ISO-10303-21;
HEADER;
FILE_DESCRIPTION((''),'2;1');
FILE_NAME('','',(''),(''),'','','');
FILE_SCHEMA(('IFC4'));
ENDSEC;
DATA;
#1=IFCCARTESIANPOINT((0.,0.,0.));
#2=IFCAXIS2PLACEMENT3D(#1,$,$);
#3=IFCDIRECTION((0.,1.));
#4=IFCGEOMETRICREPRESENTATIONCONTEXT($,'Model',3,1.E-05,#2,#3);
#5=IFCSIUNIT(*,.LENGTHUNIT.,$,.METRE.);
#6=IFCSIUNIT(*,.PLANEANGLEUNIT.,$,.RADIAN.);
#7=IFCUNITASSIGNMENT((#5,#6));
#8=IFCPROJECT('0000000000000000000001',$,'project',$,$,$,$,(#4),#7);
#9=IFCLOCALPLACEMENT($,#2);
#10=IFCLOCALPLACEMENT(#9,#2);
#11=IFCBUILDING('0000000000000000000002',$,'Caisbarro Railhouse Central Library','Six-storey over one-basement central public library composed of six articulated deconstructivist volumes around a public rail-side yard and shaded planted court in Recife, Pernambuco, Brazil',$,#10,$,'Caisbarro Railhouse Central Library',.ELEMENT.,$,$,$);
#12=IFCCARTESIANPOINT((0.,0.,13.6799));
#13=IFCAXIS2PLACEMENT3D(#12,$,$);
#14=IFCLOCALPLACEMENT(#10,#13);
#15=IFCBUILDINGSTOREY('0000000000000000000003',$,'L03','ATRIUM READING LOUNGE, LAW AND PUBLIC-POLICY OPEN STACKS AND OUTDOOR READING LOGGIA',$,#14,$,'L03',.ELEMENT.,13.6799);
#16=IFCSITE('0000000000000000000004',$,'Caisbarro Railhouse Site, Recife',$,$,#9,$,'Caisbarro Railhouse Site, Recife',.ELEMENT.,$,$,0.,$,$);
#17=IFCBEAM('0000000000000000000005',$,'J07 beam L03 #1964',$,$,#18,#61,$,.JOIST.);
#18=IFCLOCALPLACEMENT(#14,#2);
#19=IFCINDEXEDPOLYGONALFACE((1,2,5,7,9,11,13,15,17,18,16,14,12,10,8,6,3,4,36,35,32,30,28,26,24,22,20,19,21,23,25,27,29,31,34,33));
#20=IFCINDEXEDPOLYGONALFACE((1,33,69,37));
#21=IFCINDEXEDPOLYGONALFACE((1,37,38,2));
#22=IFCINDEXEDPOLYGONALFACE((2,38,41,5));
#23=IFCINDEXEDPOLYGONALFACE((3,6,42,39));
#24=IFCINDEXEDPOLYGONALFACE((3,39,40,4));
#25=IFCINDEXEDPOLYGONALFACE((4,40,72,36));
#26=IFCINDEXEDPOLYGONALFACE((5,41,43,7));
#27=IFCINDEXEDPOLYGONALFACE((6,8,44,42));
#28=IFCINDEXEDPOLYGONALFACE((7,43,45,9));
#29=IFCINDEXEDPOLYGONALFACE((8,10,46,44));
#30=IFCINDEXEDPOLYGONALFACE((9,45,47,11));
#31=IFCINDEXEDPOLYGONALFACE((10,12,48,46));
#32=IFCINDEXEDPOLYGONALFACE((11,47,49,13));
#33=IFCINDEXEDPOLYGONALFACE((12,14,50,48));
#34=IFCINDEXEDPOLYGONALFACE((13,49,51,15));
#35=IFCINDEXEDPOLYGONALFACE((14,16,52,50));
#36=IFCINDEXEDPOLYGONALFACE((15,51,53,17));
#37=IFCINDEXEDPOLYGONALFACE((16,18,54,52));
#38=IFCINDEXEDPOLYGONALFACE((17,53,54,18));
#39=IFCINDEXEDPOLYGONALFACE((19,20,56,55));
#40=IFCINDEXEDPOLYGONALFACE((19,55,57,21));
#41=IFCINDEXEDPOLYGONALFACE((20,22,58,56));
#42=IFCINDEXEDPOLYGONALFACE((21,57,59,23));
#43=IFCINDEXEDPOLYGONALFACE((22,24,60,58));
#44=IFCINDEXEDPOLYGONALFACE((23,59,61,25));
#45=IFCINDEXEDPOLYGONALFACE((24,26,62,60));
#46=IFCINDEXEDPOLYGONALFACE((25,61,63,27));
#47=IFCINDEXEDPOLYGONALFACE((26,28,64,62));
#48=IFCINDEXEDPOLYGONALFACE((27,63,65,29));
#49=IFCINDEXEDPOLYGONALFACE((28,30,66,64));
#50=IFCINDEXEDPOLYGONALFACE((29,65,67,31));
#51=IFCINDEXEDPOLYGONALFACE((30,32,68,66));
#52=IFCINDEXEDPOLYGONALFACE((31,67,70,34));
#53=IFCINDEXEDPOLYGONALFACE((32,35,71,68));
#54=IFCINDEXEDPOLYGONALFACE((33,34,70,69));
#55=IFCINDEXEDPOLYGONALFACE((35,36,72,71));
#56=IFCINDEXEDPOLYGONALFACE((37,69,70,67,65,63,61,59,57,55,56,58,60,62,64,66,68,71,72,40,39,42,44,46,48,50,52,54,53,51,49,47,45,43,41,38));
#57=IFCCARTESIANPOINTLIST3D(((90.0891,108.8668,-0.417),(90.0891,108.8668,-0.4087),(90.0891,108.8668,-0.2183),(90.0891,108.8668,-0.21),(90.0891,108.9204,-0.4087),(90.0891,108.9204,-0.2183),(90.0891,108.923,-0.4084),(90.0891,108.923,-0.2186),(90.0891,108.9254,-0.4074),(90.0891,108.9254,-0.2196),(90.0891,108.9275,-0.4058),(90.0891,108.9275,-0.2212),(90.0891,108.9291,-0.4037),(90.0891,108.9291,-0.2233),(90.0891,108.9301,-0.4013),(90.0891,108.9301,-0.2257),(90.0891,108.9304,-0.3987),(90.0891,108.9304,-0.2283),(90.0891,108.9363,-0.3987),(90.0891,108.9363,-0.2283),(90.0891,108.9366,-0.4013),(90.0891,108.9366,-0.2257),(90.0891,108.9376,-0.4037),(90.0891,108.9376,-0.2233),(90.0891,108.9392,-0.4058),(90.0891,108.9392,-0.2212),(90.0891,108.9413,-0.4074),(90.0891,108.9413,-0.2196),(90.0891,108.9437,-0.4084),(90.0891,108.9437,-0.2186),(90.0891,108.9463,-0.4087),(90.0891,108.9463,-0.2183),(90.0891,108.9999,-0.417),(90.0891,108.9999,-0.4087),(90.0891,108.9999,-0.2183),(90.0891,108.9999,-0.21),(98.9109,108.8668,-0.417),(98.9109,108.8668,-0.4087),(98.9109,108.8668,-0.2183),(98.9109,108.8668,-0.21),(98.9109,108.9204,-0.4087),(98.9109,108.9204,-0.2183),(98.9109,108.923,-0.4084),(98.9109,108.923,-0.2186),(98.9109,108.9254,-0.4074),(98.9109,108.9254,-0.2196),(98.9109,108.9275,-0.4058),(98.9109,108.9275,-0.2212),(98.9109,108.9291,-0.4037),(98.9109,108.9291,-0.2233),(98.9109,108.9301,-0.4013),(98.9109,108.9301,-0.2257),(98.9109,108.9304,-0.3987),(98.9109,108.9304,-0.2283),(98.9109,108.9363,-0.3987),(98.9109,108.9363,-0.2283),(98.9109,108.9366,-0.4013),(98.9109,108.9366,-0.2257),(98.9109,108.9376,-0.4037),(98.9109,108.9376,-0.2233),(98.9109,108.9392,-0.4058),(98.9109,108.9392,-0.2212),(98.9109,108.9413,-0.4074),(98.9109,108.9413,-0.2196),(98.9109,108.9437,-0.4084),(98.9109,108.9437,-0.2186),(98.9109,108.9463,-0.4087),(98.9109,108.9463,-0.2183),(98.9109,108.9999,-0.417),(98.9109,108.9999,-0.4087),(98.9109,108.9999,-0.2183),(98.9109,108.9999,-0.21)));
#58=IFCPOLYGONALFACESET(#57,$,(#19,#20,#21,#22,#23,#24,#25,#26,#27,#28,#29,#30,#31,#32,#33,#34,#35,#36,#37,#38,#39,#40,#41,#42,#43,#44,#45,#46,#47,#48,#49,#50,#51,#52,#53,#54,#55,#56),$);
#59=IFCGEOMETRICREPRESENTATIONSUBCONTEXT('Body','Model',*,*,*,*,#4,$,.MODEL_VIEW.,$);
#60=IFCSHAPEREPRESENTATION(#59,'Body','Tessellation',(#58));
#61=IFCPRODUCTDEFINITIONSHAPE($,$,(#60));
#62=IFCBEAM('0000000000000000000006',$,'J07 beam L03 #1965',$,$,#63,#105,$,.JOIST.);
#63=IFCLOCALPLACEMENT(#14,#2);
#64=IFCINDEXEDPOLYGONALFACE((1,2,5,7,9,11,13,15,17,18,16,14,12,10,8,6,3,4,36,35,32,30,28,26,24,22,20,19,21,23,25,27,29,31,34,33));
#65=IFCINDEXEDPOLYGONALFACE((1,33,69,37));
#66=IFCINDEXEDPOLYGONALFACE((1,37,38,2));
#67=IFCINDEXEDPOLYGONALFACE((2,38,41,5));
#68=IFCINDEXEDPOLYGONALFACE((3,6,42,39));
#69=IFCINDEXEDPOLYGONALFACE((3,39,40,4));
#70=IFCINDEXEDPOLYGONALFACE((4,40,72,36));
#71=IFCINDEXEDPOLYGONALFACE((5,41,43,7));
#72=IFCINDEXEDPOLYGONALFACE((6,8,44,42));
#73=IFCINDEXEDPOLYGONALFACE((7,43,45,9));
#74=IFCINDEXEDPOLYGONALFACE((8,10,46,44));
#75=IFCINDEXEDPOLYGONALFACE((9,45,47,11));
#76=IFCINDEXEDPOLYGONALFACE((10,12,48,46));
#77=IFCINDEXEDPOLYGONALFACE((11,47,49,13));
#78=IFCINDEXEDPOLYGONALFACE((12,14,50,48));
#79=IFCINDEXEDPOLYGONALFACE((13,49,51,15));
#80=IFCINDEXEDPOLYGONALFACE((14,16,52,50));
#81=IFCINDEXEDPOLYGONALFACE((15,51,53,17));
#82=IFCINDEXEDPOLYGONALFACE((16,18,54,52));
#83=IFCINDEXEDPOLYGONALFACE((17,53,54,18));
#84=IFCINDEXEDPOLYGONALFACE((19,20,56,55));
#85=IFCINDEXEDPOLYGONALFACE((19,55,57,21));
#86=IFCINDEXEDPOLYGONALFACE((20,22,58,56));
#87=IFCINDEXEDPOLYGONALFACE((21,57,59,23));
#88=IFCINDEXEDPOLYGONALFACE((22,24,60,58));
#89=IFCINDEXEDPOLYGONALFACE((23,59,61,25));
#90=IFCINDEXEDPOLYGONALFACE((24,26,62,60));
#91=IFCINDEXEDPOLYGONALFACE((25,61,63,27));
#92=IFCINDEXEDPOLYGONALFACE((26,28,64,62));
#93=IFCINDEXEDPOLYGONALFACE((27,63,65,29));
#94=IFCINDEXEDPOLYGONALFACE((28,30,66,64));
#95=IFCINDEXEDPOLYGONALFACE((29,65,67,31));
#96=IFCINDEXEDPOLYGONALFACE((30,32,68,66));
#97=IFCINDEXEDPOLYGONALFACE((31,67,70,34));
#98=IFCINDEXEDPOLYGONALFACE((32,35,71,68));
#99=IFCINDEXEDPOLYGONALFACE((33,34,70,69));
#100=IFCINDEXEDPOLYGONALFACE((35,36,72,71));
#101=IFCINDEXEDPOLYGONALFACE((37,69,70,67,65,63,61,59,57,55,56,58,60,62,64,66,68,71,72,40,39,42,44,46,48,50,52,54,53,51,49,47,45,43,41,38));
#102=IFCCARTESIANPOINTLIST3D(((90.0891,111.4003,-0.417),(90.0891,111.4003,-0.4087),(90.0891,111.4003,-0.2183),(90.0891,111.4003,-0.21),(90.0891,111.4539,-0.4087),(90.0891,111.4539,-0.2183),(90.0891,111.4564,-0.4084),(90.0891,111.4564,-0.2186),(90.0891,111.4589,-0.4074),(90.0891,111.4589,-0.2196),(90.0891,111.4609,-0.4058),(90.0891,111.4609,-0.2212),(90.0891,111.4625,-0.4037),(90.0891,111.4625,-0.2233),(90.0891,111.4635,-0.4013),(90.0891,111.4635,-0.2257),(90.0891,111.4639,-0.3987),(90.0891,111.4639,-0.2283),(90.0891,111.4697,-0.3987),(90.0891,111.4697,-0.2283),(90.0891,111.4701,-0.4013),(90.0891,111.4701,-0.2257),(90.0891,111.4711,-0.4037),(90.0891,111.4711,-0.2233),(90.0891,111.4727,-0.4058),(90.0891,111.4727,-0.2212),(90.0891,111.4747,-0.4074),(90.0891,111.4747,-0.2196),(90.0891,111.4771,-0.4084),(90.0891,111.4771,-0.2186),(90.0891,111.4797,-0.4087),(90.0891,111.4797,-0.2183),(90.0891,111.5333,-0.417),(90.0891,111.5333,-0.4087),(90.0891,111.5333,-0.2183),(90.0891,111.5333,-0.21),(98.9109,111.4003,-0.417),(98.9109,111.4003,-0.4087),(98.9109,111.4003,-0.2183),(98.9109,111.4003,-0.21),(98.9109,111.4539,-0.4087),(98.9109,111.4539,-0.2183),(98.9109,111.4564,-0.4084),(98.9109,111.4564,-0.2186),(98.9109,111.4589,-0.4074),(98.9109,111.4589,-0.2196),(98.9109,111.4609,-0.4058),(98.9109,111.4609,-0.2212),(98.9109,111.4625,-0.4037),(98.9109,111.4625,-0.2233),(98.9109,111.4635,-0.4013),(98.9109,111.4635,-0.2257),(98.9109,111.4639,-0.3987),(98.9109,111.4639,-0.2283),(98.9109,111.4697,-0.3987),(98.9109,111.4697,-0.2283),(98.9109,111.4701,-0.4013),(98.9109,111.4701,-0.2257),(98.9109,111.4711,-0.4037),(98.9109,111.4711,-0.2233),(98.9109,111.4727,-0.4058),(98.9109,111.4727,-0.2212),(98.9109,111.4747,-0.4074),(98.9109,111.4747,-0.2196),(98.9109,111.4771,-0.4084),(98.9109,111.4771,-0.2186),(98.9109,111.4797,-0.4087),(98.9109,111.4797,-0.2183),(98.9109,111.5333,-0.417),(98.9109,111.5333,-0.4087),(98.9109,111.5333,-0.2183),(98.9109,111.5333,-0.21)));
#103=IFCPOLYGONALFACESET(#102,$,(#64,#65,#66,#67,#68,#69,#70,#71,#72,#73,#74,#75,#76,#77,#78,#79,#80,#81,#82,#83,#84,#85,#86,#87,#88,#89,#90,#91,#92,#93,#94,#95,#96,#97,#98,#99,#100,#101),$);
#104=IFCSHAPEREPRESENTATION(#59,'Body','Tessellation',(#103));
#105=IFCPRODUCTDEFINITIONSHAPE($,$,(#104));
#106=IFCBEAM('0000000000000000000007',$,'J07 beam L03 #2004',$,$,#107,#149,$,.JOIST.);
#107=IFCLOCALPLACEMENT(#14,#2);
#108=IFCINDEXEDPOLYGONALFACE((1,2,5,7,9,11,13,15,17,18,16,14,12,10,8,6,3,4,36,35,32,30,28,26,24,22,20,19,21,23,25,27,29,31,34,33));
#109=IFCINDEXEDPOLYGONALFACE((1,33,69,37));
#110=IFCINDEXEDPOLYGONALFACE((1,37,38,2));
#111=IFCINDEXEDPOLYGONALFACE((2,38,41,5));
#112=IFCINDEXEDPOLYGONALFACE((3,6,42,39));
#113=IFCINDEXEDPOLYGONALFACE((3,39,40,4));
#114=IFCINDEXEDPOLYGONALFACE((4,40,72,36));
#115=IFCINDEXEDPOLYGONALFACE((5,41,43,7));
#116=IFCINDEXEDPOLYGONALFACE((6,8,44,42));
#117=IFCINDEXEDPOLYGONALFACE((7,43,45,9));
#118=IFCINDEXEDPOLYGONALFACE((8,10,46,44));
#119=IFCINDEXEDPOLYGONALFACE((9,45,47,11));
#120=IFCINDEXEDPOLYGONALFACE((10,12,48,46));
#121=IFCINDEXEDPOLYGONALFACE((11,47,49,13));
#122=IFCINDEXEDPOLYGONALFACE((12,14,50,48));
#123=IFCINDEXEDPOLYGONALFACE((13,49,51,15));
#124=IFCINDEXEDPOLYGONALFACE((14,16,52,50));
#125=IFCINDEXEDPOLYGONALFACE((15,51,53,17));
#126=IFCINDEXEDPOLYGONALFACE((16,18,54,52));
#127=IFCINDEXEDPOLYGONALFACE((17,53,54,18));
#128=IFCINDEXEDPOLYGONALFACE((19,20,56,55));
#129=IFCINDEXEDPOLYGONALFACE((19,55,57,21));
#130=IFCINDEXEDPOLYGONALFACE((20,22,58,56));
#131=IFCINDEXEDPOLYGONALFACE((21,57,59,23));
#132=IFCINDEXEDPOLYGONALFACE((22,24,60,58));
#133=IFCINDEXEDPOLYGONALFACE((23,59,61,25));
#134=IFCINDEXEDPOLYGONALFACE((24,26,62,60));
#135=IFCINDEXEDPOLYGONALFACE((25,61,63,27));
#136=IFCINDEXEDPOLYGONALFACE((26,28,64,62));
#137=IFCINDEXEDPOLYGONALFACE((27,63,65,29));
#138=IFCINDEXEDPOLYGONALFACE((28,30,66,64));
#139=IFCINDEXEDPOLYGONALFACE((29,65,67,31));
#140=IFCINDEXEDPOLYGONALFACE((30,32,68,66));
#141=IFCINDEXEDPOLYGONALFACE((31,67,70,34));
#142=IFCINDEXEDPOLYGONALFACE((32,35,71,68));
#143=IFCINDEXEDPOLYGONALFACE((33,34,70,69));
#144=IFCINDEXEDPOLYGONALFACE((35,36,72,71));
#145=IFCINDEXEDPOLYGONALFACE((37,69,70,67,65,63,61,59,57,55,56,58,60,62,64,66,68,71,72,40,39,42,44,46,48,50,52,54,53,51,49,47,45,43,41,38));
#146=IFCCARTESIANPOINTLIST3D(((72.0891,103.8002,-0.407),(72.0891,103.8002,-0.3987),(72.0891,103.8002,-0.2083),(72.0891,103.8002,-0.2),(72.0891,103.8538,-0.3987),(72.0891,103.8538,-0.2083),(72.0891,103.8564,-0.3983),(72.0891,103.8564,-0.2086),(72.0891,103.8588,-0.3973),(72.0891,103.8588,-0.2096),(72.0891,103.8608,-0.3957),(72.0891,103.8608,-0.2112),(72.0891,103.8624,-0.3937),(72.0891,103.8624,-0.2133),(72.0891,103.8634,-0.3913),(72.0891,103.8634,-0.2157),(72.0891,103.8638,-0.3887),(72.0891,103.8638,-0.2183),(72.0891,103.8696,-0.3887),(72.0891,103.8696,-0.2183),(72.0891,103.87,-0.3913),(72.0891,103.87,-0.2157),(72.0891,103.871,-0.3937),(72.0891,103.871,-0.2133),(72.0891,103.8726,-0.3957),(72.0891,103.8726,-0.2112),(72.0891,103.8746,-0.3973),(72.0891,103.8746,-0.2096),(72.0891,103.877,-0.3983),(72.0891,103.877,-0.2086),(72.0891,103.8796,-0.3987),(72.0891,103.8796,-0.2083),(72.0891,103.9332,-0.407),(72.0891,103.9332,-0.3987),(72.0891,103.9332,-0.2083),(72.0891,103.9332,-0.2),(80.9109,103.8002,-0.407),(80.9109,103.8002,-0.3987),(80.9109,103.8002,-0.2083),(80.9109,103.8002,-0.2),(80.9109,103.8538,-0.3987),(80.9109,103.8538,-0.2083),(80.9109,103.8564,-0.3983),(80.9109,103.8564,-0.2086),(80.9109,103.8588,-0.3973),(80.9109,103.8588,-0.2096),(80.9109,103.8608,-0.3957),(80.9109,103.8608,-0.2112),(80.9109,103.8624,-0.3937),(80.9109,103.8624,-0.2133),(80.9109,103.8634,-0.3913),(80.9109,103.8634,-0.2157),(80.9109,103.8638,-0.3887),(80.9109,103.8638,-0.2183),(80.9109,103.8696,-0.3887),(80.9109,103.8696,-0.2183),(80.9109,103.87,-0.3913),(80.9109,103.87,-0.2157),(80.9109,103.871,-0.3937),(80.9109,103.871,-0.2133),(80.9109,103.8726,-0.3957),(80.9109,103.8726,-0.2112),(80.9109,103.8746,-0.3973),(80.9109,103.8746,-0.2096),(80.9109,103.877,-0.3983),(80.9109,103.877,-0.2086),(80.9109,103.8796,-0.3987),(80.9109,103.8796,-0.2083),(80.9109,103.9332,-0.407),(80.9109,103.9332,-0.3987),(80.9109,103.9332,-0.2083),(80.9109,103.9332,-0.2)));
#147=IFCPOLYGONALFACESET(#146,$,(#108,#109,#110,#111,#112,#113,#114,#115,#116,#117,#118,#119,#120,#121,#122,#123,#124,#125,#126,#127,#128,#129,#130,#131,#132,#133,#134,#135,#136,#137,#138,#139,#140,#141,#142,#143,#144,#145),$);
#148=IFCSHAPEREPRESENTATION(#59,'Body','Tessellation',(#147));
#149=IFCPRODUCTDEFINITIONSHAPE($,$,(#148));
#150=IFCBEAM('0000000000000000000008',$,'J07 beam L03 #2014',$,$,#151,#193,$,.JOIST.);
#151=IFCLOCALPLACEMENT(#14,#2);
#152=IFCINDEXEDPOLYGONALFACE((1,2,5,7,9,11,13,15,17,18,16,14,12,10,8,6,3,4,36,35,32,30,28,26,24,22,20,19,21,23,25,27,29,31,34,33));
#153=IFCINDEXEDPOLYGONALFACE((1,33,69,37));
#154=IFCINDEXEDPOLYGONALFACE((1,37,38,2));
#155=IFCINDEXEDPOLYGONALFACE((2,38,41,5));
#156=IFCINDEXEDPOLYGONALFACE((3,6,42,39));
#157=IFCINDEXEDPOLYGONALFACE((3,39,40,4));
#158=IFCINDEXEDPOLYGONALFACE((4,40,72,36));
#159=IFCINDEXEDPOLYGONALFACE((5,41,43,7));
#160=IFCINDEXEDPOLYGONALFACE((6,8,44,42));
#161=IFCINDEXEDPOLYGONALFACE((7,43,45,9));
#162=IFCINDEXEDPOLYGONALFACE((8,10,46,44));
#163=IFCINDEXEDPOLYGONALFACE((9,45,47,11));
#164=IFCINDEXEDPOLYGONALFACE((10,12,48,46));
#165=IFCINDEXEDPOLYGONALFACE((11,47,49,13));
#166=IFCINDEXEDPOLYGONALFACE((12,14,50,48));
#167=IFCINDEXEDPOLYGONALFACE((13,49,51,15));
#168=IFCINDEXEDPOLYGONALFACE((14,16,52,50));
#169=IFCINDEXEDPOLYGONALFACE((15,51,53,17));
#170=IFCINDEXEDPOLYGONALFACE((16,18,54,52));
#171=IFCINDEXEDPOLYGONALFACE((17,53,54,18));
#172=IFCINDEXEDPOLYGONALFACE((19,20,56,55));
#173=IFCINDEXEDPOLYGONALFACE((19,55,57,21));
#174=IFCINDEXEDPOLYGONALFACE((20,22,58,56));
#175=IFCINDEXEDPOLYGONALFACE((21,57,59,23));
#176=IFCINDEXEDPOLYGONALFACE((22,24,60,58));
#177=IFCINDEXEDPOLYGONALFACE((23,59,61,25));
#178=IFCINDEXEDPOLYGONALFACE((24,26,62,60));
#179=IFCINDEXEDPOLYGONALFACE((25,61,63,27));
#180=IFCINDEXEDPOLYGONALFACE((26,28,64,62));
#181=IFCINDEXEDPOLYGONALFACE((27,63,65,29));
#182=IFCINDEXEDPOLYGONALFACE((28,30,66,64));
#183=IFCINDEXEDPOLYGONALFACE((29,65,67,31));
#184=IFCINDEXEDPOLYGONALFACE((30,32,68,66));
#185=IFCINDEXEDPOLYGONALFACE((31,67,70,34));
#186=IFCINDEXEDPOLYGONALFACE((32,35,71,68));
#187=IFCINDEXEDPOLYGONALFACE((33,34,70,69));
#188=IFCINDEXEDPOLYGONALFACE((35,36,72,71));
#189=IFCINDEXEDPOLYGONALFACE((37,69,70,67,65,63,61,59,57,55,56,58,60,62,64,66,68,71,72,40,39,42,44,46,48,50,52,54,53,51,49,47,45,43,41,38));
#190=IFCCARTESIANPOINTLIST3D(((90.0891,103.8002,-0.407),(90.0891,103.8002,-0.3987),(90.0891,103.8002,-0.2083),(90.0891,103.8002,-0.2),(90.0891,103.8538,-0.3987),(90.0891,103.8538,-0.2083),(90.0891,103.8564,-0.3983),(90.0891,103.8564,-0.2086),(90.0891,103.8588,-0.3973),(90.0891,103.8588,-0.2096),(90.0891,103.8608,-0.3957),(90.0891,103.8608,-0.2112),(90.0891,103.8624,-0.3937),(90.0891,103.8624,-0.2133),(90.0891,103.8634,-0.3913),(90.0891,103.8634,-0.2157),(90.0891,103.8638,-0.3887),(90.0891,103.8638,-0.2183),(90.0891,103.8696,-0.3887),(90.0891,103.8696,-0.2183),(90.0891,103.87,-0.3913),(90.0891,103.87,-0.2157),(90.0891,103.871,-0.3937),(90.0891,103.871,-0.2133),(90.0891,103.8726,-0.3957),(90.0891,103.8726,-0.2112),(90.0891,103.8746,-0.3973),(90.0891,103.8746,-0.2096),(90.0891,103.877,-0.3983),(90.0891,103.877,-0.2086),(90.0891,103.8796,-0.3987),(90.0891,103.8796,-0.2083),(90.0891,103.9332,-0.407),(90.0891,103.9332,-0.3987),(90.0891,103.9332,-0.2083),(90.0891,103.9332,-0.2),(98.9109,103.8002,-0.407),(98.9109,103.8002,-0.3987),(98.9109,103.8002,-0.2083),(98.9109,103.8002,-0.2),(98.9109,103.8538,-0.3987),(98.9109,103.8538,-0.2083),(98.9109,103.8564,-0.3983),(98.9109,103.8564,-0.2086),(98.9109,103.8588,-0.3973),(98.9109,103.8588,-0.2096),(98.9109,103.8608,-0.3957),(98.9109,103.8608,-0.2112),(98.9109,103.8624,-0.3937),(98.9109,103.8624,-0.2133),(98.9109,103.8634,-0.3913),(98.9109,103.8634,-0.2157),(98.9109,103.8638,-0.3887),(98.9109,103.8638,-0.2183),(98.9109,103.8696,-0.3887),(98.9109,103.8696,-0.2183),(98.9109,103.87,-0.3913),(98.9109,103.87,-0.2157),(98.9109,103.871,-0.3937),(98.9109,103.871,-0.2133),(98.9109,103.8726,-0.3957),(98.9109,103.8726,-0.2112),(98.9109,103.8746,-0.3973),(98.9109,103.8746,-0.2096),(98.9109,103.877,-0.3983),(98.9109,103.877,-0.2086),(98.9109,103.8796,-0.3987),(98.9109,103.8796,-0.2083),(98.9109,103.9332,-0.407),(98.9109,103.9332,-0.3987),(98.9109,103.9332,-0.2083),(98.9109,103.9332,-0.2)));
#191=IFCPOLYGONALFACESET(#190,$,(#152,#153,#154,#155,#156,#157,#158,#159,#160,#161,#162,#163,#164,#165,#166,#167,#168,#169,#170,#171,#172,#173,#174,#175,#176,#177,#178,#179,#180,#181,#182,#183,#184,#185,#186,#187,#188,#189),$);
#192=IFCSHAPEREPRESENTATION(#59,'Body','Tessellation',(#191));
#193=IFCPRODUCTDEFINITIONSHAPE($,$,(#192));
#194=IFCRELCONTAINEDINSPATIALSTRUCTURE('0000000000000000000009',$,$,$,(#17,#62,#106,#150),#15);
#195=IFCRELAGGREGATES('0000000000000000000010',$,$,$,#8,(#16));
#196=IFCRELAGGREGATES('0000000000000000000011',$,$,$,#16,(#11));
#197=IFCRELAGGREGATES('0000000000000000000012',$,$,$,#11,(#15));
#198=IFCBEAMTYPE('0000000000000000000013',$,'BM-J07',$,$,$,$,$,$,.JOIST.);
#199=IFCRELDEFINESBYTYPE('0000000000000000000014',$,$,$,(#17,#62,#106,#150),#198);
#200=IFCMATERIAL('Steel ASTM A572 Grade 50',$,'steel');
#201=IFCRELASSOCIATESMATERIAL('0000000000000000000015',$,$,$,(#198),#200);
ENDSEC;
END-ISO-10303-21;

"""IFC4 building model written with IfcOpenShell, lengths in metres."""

from ifc_helpers import new_model, si_unit, direction, frame, origin, origin_2d, place, context, subcontext, project, spatial, i_section, extrude, material, material_profile, profile_set, type_object, element, save


model = new_model("IFC4")

# Units and contexts
model_context = context("Model", 3, precision=1e-05, world=origin(), true_north=direction((0.0, 1.0)))
body_context = subcontext(model_context, "Body", "Model", "MODEL_VIEW")
ifc_project = project(units=[si_unit("LENGTHUNIT", "METRE"), si_unit("PLANEANGLEUNIT", "RADIAN")], contexts=[model_context])

# Site, building, storey
site_placement = place(None, origin())
site = spatial("IfcSite", under=ifc_project, at=site_placement, Name="Caisbarro Railhouse Site, Recife", LongName="Caisbarro Railhouse Site, Recife", CompositionType="ELEMENT", RefElevation=0.0)
building_placement = place(site_placement, origin())
building = spatial("IfcBuilding", under=site, at=building_placement, Name="Caisbarro Railhouse Central Library", Description="Six-storey over one-basement central public library composed of six articulated deconstructivist volumes around a public rail-side yard and shaded planted court in Recife, Pernambuco, Brazil", LongName="Caisbarro Railhouse Central Library", CompositionType="ELEMENT")
storey_placement = place(building_placement, frame((0.0, 0.0, 13.6799)))
storey = spatial("IfcBuildingStorey", under=building, at=storey_placement, Name="L03", Description="ATRIUM READING LOUNGE, LAW AND PUBLIC-POLICY OPEN STACKS AND OUTDOOR READING LOGGIA", LongName="L03", CompositionType="ELEMENT", Elevation=13.6799)

# Shared definitions
ifc_material_1 = material(Name="Steel ASTM A572 Grade 50", Category="steel")

# Beams
ifc_material_profile_1 = material_profile(ifc_material_1, i_section(OverallWidth=0.1331, OverallDepth=0.207, WebThickness=0.0059, FlangeThickness=0.0083, FilletRadius=0.01, at=origin_2d()), Name="W200X26.6")
ifc_profile_set_1 = profile_set([ifc_material_profile_1], Name="Steel ASTM A572 Grade 50")
beam_type_1 = type_object("IfcBeamType", Name="BM-J07", PredefinedType="JOIST", material=ifc_profile_set_1)
for number, where, z_axis, x_axis, name in (
    (1, (90.0891, 108.9333, -0.3135), (1.0, 0.0, 0.0), (0.0, 1.0, 0.0), "J07 beam L03 #1964"),
    (2, (90.0891, 111.4668, -0.3135), (1.0, 0.0, 0.0), (0.0, 1.0, 0.0), "J07 beam L03 #1965"),
    (3, (72.0891, 103.8667, -0.3035), (1.0, 0.0, 0.0), (0.0, 1.0, 0.0), "J07 beam L03 #2004"),
    (4, (90.0891, 103.8667, -0.3035), (1.0, 0.0, 0.0), (0.0, 1.0, 0.0), "J07 beam L03 #2014"),
):
    element("IfcBeam", number, at=place(storey_placement, frame(where, z_axis=z_axis, x_axis=x_axis)), inside=storey, type_object=beam_type_1, Name=name, PredefinedType="JOIST", context=body_context, shape_type="SweptSolid", body=[
        extrude(i_section(OverallWidth=0.1331, OverallDepth=0.207, WebThickness=0.0059, FlangeThickness=0.0083, FilletRadius=0.01, at=origin_2d()), origin(), (0.0, 0.0, 1.0), 8.8218),
    ])

save(model, "model.ifc")
